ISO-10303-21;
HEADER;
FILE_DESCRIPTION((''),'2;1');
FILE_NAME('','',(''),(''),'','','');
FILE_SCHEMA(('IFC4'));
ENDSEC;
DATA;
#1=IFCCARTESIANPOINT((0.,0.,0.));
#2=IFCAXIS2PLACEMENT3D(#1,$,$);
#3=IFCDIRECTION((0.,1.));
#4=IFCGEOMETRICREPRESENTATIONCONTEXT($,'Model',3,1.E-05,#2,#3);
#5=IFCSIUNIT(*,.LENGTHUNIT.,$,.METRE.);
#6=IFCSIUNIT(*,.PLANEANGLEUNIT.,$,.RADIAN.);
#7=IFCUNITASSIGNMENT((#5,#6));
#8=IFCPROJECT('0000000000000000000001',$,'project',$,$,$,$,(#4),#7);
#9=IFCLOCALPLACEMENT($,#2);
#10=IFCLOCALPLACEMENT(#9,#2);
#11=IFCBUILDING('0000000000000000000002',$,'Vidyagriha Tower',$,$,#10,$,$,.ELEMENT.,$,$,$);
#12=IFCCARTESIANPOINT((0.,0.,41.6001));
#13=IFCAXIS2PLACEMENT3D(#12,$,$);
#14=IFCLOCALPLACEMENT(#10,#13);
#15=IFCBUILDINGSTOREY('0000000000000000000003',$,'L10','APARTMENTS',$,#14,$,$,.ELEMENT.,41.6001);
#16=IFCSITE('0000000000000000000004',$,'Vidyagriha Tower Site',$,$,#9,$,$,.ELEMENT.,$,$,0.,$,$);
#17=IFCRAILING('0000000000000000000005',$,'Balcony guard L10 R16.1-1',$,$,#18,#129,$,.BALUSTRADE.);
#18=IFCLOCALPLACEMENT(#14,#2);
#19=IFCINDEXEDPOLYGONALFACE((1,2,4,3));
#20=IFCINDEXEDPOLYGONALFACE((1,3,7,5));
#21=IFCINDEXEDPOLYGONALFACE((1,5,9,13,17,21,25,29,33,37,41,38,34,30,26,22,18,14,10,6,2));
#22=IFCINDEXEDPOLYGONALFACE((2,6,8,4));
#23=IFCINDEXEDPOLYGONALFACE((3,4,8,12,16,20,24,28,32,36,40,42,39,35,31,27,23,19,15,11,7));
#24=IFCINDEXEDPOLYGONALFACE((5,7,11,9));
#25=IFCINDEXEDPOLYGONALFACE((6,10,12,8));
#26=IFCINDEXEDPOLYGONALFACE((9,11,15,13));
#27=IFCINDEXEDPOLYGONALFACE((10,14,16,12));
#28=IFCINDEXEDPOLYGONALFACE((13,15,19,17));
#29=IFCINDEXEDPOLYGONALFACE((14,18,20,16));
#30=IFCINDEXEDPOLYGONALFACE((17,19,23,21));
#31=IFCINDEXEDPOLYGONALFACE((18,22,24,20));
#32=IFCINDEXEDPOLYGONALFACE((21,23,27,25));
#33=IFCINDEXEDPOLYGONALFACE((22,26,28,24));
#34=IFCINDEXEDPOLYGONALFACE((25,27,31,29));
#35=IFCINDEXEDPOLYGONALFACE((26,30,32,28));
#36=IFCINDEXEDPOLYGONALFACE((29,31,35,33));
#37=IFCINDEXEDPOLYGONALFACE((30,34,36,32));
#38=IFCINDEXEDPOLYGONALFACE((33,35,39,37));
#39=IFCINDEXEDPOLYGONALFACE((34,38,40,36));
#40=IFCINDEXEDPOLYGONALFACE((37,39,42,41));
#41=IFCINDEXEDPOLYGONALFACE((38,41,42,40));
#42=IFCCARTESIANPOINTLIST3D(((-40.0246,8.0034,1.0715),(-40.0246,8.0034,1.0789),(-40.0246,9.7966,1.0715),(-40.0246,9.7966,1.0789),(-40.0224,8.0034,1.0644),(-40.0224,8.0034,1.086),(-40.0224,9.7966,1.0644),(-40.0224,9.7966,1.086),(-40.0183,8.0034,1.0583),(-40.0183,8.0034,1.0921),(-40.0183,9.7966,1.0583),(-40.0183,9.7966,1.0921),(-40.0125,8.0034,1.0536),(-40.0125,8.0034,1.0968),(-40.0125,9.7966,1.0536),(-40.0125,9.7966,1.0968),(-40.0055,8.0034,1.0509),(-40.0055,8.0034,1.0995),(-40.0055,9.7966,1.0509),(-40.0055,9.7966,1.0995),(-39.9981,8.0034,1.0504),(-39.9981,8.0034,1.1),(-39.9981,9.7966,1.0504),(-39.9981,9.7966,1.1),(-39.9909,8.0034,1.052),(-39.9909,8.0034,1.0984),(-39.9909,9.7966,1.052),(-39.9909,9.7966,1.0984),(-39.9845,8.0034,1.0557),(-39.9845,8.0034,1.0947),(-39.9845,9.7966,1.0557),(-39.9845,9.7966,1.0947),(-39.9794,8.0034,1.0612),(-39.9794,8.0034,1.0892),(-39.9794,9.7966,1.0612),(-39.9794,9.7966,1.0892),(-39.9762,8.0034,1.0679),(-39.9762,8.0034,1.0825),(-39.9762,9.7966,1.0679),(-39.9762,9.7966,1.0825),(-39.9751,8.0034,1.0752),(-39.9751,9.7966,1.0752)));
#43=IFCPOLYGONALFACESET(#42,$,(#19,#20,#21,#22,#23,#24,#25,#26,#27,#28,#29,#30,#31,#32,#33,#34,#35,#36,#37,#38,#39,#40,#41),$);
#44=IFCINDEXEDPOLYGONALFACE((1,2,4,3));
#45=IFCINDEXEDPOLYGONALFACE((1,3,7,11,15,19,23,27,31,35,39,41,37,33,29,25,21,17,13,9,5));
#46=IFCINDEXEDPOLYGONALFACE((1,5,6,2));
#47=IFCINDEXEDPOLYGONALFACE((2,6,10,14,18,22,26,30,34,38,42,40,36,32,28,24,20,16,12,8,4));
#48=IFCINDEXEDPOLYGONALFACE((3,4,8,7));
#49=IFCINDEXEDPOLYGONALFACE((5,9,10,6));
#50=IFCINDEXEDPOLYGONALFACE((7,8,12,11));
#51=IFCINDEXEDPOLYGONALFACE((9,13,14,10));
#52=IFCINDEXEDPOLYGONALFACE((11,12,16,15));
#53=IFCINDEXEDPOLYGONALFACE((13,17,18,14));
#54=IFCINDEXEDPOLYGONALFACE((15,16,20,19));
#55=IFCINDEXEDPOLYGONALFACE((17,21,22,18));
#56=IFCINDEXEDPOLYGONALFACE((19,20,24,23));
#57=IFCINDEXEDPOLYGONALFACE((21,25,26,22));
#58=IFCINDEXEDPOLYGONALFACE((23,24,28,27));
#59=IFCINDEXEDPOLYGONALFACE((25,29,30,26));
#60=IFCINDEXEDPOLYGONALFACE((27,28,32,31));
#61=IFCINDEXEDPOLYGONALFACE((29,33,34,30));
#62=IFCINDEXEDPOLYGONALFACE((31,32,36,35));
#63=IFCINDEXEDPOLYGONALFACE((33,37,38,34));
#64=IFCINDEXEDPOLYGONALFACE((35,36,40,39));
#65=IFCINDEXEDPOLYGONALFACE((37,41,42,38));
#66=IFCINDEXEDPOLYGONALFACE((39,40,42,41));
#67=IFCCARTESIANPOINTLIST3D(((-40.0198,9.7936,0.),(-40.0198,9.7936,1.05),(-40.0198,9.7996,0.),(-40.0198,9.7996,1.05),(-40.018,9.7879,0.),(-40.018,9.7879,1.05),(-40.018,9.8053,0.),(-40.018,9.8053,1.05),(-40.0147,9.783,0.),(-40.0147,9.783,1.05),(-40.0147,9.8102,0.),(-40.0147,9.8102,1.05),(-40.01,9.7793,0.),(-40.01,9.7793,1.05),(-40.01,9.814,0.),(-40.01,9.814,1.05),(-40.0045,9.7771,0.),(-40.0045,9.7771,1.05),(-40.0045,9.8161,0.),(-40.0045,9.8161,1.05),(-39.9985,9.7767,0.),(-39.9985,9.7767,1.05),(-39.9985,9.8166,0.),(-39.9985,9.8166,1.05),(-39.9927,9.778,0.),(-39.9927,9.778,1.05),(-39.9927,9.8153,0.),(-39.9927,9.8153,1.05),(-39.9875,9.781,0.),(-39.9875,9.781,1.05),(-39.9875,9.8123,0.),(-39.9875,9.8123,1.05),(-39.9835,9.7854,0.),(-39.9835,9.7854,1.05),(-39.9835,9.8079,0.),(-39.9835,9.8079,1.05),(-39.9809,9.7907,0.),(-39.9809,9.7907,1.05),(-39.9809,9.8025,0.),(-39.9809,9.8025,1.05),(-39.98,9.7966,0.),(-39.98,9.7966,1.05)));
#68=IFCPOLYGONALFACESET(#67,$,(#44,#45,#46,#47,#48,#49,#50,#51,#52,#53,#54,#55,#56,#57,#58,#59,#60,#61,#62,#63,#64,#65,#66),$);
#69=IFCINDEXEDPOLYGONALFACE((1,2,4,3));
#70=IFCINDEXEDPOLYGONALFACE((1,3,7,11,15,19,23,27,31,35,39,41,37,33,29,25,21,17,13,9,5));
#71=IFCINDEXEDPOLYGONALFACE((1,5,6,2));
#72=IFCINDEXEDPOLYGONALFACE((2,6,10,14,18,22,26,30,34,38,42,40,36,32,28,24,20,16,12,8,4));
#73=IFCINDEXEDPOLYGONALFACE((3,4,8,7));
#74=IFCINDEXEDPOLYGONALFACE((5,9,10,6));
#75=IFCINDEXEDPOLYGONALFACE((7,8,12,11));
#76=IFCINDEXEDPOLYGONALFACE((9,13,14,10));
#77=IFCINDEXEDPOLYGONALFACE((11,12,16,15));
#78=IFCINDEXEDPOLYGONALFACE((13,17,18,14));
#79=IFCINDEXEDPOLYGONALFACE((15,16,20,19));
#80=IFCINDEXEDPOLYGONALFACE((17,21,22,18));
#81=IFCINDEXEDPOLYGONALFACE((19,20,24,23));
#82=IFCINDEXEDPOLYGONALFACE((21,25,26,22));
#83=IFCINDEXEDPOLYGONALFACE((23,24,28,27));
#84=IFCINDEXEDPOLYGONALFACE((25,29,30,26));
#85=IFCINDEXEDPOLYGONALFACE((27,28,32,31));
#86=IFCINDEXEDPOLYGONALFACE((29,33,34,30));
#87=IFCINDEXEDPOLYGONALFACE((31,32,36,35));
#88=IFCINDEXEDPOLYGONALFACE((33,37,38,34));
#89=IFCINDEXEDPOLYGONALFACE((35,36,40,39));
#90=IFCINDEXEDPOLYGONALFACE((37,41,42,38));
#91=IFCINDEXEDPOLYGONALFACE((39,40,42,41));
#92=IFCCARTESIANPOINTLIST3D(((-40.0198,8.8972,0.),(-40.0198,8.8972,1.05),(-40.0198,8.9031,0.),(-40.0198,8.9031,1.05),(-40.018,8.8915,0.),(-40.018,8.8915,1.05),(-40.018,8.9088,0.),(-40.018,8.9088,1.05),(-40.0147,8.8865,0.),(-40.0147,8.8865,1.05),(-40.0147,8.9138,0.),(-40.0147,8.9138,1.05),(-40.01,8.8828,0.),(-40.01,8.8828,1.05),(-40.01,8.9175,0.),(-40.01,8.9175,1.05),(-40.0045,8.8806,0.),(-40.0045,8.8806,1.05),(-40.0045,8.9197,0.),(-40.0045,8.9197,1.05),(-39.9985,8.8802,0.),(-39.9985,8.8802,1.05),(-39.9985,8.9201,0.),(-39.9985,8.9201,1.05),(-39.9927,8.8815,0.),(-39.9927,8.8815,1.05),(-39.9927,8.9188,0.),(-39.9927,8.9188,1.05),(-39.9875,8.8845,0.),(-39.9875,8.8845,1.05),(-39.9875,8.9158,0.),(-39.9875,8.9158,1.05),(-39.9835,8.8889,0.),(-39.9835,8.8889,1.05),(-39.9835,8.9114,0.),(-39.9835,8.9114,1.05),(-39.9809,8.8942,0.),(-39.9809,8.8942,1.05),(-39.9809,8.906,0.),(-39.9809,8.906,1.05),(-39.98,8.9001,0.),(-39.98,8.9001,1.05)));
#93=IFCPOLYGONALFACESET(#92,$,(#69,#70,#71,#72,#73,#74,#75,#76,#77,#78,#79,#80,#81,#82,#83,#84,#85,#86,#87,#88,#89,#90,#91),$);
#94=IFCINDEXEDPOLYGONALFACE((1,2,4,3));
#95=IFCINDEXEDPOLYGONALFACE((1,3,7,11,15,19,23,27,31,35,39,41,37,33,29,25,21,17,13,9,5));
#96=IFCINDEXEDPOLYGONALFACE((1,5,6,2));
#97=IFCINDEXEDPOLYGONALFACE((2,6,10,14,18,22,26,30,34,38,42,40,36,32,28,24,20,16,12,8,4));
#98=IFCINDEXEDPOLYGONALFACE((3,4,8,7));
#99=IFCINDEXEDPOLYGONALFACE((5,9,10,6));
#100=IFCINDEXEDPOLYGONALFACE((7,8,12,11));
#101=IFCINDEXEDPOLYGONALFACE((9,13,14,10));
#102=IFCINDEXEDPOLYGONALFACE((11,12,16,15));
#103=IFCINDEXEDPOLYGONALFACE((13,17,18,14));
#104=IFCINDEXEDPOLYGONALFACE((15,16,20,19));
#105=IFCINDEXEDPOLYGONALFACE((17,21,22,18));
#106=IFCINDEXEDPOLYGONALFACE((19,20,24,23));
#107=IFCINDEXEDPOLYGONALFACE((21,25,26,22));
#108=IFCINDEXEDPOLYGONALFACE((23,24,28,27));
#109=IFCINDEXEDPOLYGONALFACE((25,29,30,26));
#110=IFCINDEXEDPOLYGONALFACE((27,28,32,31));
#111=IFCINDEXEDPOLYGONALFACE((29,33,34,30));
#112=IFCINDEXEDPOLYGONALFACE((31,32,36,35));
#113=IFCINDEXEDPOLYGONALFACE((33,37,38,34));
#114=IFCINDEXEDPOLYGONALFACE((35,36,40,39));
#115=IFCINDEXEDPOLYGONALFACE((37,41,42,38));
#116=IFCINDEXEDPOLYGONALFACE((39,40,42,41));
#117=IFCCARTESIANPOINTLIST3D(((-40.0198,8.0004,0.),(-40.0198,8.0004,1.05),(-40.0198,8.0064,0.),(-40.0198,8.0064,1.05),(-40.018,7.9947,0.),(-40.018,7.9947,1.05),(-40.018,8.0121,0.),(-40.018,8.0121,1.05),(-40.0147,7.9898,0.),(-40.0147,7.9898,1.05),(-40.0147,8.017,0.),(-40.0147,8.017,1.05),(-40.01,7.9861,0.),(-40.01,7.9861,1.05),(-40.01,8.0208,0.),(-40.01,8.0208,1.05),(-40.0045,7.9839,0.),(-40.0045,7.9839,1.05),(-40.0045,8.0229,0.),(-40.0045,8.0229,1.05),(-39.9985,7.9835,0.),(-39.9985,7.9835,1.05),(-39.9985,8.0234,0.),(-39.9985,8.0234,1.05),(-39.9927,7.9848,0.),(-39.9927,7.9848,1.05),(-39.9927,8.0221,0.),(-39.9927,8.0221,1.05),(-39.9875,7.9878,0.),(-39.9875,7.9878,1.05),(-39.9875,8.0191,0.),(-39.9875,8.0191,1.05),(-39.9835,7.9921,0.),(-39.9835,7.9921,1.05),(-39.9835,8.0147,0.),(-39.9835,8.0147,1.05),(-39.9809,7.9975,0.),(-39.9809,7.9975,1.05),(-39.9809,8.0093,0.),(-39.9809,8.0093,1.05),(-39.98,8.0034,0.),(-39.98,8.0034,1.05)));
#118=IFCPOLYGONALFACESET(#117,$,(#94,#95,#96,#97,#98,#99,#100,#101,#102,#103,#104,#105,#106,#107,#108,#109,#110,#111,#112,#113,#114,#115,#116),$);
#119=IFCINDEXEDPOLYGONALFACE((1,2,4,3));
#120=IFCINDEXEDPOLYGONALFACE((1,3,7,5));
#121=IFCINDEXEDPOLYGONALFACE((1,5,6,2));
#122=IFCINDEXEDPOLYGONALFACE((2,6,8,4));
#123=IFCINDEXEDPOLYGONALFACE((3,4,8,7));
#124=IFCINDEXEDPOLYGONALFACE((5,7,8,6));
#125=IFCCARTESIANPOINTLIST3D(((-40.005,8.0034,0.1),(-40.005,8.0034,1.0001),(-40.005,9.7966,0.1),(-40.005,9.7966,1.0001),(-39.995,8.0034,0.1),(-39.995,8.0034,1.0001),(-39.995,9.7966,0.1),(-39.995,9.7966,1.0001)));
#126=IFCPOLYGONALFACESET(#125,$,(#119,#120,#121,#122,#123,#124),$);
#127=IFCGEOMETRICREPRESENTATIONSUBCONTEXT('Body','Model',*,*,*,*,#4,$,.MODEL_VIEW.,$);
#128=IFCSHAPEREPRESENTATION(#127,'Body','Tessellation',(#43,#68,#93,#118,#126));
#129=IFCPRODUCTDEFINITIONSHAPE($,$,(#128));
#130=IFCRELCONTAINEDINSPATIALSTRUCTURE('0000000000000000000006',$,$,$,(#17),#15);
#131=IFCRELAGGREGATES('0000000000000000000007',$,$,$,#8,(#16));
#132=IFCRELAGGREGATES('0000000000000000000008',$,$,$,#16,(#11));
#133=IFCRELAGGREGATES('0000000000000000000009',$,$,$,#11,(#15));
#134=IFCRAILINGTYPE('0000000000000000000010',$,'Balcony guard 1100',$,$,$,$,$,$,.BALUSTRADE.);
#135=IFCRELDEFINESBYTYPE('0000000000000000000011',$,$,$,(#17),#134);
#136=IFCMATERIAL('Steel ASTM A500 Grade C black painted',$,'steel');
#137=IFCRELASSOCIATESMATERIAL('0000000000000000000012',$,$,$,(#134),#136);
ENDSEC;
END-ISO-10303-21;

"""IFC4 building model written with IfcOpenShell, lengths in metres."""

from ifc_helpers import new_model, si_unit, direction, frame, origin, origin_2d, place, context, subcontext, project, spatial, rectangle, circle, extrude, material, type_object, element, save


model = new_model("IFC4")

# Units and contexts
model_context = context("Model", 3, precision=1e-05, world=origin(), true_north=direction((0.0, 1.0)))
body_context = subcontext(model_context, "Body", "Model", "MODEL_VIEW")
ifc_project = project(units=[si_unit("LENGTHUNIT", "METRE"), si_unit("PLANEANGLEUNIT", "RADIAN")], contexts=[model_context])

# Site, building, storey
site_placement = place(None, origin())
site = spatial("IfcSite", under=ifc_project, at=site_placement, Name="Vidyagriha Tower Site", CompositionType="ELEMENT", RefElevation=0.0)
building_placement = place(site_placement, origin())
building = spatial("IfcBuilding", under=site, at=building_placement, Name="Vidyagriha Tower", CompositionType="ELEMENT")
storey_placement = place(building_placement, frame((0.0, 0.0, 41.6001)))
storey = spatial("IfcBuildingStorey", under=building, at=storey_placement, Name="L10", Description="APARTMENTS", CompositionType="ELEMENT", Elevation=41.6001)

# Railing
ifc_material_1 = material(Name="Steel ASTM A500 Grade C black painted", Category="steel")
railing_type_1 = type_object("IfcRailingType", Name="Balcony guard 1100", PredefinedType="BALUSTRADE", material=ifc_material_1)
railing_1_placement = place(storey_placement, frame((-40.0, 9.7966, 0.0)))
element("IfcRailing", 1, at=railing_1_placement, inside=storey, type_object=railing_type_1, Name="Balcony guard L10 R16.1-1", PredefinedType="BALUSTRADE", context=body_context, shape_type="SweptSolid", body=[
    extrude(circle(Radius=0.0249, at=origin_2d()), frame((0.0, 0.0, 1.0752), z_axis=(0.0, -1.0, 0.0), x_axis=(1.0, 0.0, 0.0)), (0.0, 0.0, 1.0), 1.7932),
    extrude(circle(Radius=0.02, at=origin_2d()), origin(), (0.0, 0.0, 1.0), 1.05),
    extrude(circle(Radius=0.02, at=origin_2d()), frame((0.0, -0.8965, 0.0)), (0.0, 0.0, 1.0), 1.05),
    extrude(circle(Radius=0.02, at=origin_2d()), frame((0.0, -1.7932, 0.0)), (0.0, 0.0, 1.0), 1.05),
    extrude(rectangle(XDim=0.01, YDim=0.9001, at=origin_2d()), frame((0.0, 0.0, 0.55), z_axis=(0.0, -1.0, 0.0), x_axis=(1.0, 0.0, 0.0)), (0.0, 0.0, 1.0), 1.7932),
])

save(model, "model.ifc")
